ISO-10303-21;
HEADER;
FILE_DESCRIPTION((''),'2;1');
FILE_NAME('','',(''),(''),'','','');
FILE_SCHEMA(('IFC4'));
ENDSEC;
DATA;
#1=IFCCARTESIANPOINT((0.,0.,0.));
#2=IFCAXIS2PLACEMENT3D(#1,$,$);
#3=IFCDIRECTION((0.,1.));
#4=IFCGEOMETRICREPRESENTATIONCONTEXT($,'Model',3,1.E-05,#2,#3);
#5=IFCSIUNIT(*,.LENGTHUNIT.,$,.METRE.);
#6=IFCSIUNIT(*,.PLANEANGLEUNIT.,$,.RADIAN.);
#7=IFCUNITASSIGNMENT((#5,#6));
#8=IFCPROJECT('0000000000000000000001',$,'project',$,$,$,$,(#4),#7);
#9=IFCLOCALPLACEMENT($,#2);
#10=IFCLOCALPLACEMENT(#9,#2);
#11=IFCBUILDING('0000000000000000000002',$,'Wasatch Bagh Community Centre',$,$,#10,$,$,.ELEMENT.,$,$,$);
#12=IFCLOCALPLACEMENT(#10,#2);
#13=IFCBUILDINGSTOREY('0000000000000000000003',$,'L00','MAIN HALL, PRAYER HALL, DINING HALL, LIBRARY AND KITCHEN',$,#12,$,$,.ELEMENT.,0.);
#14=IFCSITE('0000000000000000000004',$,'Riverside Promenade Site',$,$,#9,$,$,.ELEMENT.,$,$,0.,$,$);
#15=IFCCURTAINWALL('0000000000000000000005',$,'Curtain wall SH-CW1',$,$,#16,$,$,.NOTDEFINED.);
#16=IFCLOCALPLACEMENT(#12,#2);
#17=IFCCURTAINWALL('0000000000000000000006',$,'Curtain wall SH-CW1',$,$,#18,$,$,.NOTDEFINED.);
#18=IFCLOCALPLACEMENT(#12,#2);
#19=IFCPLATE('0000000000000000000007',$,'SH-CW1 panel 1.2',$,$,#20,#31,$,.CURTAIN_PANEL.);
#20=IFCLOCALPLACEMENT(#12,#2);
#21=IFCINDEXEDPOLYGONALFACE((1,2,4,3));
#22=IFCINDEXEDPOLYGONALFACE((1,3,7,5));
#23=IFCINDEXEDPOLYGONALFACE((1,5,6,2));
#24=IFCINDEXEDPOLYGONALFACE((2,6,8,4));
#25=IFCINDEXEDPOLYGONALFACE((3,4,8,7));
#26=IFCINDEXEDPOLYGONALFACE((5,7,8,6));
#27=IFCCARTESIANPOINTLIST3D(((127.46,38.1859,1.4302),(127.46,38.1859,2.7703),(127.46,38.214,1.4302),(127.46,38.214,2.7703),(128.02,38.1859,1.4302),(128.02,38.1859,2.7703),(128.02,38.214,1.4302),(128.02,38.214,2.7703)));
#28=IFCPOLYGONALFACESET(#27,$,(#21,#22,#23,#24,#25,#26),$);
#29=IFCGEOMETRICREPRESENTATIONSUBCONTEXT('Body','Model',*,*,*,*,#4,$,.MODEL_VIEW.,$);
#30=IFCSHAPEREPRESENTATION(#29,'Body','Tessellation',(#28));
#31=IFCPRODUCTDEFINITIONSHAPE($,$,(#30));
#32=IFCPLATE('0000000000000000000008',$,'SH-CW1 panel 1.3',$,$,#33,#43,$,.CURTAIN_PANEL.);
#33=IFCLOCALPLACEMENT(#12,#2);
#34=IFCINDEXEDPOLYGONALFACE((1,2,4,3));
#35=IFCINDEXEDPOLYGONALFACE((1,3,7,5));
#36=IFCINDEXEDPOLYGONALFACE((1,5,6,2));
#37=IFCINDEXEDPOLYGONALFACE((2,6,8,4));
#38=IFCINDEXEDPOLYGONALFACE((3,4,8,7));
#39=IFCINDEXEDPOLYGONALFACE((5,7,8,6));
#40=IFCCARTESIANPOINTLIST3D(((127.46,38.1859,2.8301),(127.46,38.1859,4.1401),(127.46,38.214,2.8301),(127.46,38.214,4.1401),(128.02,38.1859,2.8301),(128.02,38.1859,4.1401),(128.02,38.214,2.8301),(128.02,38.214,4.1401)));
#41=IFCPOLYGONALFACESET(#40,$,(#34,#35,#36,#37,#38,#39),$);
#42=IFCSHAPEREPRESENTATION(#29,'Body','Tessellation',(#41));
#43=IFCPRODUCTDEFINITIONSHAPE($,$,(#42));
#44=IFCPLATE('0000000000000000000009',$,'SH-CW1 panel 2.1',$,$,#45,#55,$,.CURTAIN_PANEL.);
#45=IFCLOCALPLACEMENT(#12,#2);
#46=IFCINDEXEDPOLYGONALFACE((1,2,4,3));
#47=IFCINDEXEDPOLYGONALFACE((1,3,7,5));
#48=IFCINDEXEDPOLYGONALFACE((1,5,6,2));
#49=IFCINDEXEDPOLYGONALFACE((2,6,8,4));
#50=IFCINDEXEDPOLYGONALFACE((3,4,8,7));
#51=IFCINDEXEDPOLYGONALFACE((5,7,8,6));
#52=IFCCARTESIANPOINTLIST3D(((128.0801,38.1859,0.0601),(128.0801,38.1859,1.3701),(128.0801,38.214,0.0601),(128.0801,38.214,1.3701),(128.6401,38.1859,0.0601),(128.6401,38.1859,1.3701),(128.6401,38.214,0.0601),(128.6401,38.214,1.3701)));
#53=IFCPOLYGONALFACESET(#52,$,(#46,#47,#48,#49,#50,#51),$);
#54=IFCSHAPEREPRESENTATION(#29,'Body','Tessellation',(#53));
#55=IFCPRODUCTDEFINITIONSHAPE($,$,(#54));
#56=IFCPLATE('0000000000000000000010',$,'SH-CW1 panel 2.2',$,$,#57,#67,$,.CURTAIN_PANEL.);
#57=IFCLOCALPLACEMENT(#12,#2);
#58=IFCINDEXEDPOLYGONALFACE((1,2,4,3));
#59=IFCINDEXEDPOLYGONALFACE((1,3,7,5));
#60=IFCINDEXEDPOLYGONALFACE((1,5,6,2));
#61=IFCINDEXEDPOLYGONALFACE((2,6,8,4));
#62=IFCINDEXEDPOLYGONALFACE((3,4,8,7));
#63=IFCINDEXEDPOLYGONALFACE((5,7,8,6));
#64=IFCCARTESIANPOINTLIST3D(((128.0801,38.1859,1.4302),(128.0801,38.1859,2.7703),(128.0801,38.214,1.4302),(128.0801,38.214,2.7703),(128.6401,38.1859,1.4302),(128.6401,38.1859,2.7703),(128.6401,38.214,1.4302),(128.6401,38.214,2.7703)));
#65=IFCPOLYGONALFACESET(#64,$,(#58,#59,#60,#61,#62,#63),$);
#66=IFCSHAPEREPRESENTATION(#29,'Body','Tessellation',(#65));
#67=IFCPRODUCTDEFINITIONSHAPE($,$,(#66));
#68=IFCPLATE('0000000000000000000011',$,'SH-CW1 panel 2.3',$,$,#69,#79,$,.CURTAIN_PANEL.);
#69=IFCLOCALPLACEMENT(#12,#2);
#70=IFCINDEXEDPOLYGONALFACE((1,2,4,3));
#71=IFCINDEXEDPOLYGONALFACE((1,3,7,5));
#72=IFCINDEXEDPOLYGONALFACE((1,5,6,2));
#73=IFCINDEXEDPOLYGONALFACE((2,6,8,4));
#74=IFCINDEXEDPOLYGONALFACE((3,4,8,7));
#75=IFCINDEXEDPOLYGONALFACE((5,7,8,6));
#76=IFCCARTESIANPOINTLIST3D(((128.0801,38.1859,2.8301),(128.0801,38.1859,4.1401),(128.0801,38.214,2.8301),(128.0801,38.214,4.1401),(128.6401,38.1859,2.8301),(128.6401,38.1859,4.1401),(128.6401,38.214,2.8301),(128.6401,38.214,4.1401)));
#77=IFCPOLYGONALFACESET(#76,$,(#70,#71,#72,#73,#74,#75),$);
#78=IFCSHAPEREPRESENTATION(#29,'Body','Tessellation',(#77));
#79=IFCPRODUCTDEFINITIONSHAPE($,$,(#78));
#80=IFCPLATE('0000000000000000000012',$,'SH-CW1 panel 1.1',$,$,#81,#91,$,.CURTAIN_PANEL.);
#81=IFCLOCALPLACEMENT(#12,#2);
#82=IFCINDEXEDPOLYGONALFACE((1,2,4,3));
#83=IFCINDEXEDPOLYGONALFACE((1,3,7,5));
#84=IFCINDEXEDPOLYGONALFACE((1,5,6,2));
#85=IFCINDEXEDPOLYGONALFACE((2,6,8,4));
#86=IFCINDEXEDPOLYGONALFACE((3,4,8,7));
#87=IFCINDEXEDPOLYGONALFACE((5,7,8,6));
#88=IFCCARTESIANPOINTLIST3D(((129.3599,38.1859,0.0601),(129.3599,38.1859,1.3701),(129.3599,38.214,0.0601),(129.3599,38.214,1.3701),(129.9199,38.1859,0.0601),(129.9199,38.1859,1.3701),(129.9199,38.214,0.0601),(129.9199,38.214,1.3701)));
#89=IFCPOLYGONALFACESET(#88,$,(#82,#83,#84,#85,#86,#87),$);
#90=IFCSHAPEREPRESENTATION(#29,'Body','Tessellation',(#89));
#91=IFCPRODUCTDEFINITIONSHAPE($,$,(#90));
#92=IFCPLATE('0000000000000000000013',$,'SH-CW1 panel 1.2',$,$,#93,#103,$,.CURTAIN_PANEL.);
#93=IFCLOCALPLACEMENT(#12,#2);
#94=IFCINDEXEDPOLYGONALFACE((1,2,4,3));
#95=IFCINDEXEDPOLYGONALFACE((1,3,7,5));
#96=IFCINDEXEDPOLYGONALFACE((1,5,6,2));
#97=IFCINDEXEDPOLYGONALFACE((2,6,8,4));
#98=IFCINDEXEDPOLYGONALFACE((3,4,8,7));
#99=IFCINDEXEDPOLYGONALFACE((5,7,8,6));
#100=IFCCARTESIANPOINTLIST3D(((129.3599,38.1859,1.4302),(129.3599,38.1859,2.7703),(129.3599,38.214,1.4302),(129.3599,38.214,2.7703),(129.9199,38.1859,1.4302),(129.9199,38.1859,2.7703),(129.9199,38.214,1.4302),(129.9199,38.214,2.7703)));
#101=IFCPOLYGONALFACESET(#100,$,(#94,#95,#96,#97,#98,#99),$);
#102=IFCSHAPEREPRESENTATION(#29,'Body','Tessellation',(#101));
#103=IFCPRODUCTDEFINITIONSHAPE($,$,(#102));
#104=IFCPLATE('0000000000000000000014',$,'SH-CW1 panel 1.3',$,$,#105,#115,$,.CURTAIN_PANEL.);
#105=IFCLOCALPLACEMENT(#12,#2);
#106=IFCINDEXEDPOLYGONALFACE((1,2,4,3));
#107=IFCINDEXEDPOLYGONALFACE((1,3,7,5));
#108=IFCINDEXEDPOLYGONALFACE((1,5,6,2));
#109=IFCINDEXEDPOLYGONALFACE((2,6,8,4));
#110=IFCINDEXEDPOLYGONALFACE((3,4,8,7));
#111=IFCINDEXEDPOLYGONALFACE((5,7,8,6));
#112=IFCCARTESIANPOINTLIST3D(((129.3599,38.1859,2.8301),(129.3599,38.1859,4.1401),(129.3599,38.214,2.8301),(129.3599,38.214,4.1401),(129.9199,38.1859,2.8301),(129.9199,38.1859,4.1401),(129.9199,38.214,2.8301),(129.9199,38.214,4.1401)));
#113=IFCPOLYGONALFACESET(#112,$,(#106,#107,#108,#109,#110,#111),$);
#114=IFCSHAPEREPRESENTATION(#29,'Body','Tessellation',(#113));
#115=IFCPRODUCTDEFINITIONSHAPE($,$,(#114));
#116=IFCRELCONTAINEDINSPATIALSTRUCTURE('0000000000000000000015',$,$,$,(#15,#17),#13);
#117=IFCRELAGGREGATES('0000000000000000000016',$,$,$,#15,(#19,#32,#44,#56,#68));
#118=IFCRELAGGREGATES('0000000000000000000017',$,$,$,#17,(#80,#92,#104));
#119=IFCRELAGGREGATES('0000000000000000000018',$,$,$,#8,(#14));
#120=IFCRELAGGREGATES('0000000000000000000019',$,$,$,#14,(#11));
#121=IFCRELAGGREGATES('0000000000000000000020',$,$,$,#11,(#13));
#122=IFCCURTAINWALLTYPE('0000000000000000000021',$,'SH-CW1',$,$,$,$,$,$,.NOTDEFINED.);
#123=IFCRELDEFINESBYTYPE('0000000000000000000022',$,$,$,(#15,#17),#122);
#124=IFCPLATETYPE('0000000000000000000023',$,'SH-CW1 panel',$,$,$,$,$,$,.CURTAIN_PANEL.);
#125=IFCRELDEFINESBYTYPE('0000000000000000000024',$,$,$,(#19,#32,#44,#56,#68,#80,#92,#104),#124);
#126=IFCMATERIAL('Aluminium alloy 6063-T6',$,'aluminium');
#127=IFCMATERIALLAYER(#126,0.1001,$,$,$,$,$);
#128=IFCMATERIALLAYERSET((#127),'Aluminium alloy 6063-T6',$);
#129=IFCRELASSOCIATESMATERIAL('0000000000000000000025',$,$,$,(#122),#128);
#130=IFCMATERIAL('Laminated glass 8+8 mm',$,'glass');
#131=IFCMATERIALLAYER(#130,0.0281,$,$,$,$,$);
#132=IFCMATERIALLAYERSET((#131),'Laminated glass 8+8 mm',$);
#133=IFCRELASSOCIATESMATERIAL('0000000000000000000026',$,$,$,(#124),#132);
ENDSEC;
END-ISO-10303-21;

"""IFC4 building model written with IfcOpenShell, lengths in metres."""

from ifc_helpers import new_model, si_unit, direction, frame, origin, origin_2d, place, context, subcontext, project, spatial, rectangle, extrude, material, layer, layer_set, type_object, element, aggregate, save


model = new_model("IFC4")

# Units and contexts
model_context = context("Model", 3, precision=1e-05, world=origin(), true_north=direction((0.0, 1.0)))
body_context = subcontext(model_context, "Body", "Model", "MODEL_VIEW")
ifc_project = project(units=[si_unit("LENGTHUNIT", "METRE"), si_unit("PLANEANGLEUNIT", "RADIAN")], contexts=[model_context])

# Site, building, storey
site_placement = place(None, origin())
site = spatial("IfcSite", under=ifc_project, at=site_placement, Name="Riverside Promenade Site", CompositionType="ELEMENT", RefElevation=0.0)
building_placement = place(site_placement, origin())
building = spatial("IfcBuilding", under=site, at=building_placement, Name="Wasatch Bagh Community Centre", CompositionType="ELEMENT")
storey_placement = place(building_placement, origin())
storey = spatial("IfcBuildingStorey", under=building, at=storey_placement, Name="L00", Description="MAIN HALL, PRAYER HALL, DINING HALL, LIBRARY AND KITCHEN", CompositionType="ELEMENT", Elevation=0.0)

# Curtain walls
ifc_material_1 = material(Name="Aluminium alloy 6063-T6", Category="aluminium")
ifc_layer_1 = layer(ifc_material_1, 0.1001)
ifc_layer_set_1 = layer_set([ifc_layer_1], Name="Aluminium alloy 6063-T6")
curtain_wall_type = type_object("IfcCurtainWallType", Name="SH-CW1", PredefinedType="NOTDEFINED", material=ifc_layer_set_1)
curtain_wall_1_placement = place(storey_placement, origin())
curtain_wall_1 = element("IfcCurtainWall", 1, at=curtain_wall_1_placement, inside=storey, type_object=curtain_wall_type, Name="Curtain wall SH-CW1", PredefinedType="NOTDEFINED")
curtain_wall_2_placement = place(storey_placement, origin())
curtain_wall_2 = element("IfcCurtainWall", 2, at=curtain_wall_2_placement, inside=storey, type_object=curtain_wall_type, Name="Curtain wall SH-CW1", PredefinedType="NOTDEFINED")

# Plates
ifc_material_2 = material(Name="Laminated glass 8+8 mm", Category="glass")
ifc_layer_2 = layer(ifc_material_2, 0.0281)
ifc_layer_set_2 = layer_set([ifc_layer_2], Name="Laminated glass 8+8 mm")
plate_type = type_object("IfcPlateType", Name="SH-CW1 panel", PredefinedType="CURTAIN_PANEL", material=ifc_layer_set_2)
plate_1_placement = place(storey_placement, frame((127.74, 38.2, 1.4302), z_axis=(0.0, 0.0, 1.0), x_axis=(1.0, 0.0, 0.0)))
plate_1 = element("IfcPlate", 3, at=plate_1_placement, type_object=plate_type, Name="SH-CW1 panel 1.2", PredefinedType="CURTAIN_PANEL", context=body_context, shape_type="SweptSolid", body=[
    extrude(rectangle(XDim=0.5601, YDim=0.0281, at=origin_2d()), origin(), (0.0, 0.0, 1.0), 1.3401),
])
plate_2_placement = place(storey_placement, frame((127.74, 38.2, 2.8301), z_axis=(0.0, 0.0, 1.0), x_axis=(1.0, 0.0, 0.0)))
plate_2 = element("IfcPlate", 4, at=plate_2_placement, type_object=plate_type, Name="SH-CW1 panel 1.3", PredefinedType="CURTAIN_PANEL", context=body_context, shape_type="SweptSolid", body=[
    extrude(rectangle(XDim=0.5601, YDim=0.0281, at=origin_2d()), origin(), (0.0, 0.0, 1.0), 1.3101),
])
plate_3_placement = place(storey_placement, frame((128.3601, 38.2, 0.0601), z_axis=(0.0, 0.0, 1.0), x_axis=(1.0, 0.0, 0.0)))
plate_3 = element("IfcPlate", 5, at=plate_3_placement, type_object=plate_type, Name="SH-CW1 panel 2.1", PredefinedType="CURTAIN_PANEL", context=body_context, shape_type="SweptSolid", body=[
    extrude(rectangle(XDim=0.5601, YDim=0.0281, at=origin_2d()), origin(), (0.0, 0.0, 1.0), 1.3101),
])
plate_4_placement = place(storey_placement, frame((128.3601, 38.2, 1.4302), z_axis=(0.0, 0.0, 1.0), x_axis=(1.0, 0.0, 0.0)))
plate_4 = element("IfcPlate", 6, at=plate_4_placement, type_object=plate_type, Name="SH-CW1 panel 2.2", PredefinedType="CURTAIN_PANEL", context=body_context, shape_type="SweptSolid", body=[
    extrude(rectangle(XDim=0.5601, YDim=0.0281, at=origin_2d()), origin(), (0.0, 0.0, 1.0), 1.3401),
])
plate_5_placement = place(storey_placement, frame((128.3601, 38.2, 2.8301), z_axis=(0.0, 0.0, 1.0), x_axis=(1.0, 0.0, 0.0)))
plate_5 = element("IfcPlate", 7, at=plate_5_placement, type_object=plate_type, Name="SH-CW1 panel 2.3", PredefinedType="CURTAIN_PANEL", context=body_context, shape_type="SweptSolid", body=[
    extrude(rectangle(XDim=0.5601, YDim=0.0281, at=origin_2d()), origin(), (0.0, 0.0, 1.0), 1.3101),
])
aggregate(curtain_wall_1, [plate_1, plate_2, plate_3, plate_4, plate_5])
plate_6_placement = place(storey_placement, frame((129.6399, 38.2, 0.0601), z_axis=(0.0, 0.0, 1.0), x_axis=(1.0, 0.0, 0.0)))
plate_6 = element("IfcPlate", 8, at=plate_6_placement, type_object=plate_type, Name="SH-CW1 panel 1.1", PredefinedType="CURTAIN_PANEL", context=body_context, shape_type="SweptSolid", body=[
    extrude(rectangle(XDim=0.5601, YDim=0.0281, at=origin_2d()), origin(), (0.0, 0.0, 1.0), 1.3101),
])
plate_7_placement = place(storey_placement, frame((129.6399, 38.2, 1.4302), z_axis=(0.0, 0.0, 1.0), x_axis=(1.0, 0.0, 0.0)))
plate_7 = element("IfcPlate", 9, at=plate_7_placement, type_object=plate_type, Name="SH-CW1 panel 1.2", PredefinedType="CURTAIN_PANEL", context=body_context, shape_type="SweptSolid", body=[
    extrude(rectangle(XDim=0.5601, YDim=0.0281, at=origin_2d()), origin(), (0.0, 0.0, 1.0), 1.3401),
])
plate_8_placement = place(storey_placement, frame((129.6399, 38.2, 2.8301), z_axis=(0.0, 0.0, 1.0), x_axis=(1.0, 0.0, 0.0)))
plate_8 = element("IfcPlate", 10, at=plate_8_placement, type_object=plate_type, Name="SH-CW1 panel 1.3", PredefinedType="CURTAIN_PANEL", context=body_context, shape_type="SweptSolid", body=[
    extrude(rectangle(XDim=0.5601, YDim=0.0281, at=origin_2d()), origin(), (0.0, 0.0, 1.0), 1.3101),
])
aggregate(curtain_wall_2, [plate_6, plate_7, plate_8])

save(model, "model.ifc")
